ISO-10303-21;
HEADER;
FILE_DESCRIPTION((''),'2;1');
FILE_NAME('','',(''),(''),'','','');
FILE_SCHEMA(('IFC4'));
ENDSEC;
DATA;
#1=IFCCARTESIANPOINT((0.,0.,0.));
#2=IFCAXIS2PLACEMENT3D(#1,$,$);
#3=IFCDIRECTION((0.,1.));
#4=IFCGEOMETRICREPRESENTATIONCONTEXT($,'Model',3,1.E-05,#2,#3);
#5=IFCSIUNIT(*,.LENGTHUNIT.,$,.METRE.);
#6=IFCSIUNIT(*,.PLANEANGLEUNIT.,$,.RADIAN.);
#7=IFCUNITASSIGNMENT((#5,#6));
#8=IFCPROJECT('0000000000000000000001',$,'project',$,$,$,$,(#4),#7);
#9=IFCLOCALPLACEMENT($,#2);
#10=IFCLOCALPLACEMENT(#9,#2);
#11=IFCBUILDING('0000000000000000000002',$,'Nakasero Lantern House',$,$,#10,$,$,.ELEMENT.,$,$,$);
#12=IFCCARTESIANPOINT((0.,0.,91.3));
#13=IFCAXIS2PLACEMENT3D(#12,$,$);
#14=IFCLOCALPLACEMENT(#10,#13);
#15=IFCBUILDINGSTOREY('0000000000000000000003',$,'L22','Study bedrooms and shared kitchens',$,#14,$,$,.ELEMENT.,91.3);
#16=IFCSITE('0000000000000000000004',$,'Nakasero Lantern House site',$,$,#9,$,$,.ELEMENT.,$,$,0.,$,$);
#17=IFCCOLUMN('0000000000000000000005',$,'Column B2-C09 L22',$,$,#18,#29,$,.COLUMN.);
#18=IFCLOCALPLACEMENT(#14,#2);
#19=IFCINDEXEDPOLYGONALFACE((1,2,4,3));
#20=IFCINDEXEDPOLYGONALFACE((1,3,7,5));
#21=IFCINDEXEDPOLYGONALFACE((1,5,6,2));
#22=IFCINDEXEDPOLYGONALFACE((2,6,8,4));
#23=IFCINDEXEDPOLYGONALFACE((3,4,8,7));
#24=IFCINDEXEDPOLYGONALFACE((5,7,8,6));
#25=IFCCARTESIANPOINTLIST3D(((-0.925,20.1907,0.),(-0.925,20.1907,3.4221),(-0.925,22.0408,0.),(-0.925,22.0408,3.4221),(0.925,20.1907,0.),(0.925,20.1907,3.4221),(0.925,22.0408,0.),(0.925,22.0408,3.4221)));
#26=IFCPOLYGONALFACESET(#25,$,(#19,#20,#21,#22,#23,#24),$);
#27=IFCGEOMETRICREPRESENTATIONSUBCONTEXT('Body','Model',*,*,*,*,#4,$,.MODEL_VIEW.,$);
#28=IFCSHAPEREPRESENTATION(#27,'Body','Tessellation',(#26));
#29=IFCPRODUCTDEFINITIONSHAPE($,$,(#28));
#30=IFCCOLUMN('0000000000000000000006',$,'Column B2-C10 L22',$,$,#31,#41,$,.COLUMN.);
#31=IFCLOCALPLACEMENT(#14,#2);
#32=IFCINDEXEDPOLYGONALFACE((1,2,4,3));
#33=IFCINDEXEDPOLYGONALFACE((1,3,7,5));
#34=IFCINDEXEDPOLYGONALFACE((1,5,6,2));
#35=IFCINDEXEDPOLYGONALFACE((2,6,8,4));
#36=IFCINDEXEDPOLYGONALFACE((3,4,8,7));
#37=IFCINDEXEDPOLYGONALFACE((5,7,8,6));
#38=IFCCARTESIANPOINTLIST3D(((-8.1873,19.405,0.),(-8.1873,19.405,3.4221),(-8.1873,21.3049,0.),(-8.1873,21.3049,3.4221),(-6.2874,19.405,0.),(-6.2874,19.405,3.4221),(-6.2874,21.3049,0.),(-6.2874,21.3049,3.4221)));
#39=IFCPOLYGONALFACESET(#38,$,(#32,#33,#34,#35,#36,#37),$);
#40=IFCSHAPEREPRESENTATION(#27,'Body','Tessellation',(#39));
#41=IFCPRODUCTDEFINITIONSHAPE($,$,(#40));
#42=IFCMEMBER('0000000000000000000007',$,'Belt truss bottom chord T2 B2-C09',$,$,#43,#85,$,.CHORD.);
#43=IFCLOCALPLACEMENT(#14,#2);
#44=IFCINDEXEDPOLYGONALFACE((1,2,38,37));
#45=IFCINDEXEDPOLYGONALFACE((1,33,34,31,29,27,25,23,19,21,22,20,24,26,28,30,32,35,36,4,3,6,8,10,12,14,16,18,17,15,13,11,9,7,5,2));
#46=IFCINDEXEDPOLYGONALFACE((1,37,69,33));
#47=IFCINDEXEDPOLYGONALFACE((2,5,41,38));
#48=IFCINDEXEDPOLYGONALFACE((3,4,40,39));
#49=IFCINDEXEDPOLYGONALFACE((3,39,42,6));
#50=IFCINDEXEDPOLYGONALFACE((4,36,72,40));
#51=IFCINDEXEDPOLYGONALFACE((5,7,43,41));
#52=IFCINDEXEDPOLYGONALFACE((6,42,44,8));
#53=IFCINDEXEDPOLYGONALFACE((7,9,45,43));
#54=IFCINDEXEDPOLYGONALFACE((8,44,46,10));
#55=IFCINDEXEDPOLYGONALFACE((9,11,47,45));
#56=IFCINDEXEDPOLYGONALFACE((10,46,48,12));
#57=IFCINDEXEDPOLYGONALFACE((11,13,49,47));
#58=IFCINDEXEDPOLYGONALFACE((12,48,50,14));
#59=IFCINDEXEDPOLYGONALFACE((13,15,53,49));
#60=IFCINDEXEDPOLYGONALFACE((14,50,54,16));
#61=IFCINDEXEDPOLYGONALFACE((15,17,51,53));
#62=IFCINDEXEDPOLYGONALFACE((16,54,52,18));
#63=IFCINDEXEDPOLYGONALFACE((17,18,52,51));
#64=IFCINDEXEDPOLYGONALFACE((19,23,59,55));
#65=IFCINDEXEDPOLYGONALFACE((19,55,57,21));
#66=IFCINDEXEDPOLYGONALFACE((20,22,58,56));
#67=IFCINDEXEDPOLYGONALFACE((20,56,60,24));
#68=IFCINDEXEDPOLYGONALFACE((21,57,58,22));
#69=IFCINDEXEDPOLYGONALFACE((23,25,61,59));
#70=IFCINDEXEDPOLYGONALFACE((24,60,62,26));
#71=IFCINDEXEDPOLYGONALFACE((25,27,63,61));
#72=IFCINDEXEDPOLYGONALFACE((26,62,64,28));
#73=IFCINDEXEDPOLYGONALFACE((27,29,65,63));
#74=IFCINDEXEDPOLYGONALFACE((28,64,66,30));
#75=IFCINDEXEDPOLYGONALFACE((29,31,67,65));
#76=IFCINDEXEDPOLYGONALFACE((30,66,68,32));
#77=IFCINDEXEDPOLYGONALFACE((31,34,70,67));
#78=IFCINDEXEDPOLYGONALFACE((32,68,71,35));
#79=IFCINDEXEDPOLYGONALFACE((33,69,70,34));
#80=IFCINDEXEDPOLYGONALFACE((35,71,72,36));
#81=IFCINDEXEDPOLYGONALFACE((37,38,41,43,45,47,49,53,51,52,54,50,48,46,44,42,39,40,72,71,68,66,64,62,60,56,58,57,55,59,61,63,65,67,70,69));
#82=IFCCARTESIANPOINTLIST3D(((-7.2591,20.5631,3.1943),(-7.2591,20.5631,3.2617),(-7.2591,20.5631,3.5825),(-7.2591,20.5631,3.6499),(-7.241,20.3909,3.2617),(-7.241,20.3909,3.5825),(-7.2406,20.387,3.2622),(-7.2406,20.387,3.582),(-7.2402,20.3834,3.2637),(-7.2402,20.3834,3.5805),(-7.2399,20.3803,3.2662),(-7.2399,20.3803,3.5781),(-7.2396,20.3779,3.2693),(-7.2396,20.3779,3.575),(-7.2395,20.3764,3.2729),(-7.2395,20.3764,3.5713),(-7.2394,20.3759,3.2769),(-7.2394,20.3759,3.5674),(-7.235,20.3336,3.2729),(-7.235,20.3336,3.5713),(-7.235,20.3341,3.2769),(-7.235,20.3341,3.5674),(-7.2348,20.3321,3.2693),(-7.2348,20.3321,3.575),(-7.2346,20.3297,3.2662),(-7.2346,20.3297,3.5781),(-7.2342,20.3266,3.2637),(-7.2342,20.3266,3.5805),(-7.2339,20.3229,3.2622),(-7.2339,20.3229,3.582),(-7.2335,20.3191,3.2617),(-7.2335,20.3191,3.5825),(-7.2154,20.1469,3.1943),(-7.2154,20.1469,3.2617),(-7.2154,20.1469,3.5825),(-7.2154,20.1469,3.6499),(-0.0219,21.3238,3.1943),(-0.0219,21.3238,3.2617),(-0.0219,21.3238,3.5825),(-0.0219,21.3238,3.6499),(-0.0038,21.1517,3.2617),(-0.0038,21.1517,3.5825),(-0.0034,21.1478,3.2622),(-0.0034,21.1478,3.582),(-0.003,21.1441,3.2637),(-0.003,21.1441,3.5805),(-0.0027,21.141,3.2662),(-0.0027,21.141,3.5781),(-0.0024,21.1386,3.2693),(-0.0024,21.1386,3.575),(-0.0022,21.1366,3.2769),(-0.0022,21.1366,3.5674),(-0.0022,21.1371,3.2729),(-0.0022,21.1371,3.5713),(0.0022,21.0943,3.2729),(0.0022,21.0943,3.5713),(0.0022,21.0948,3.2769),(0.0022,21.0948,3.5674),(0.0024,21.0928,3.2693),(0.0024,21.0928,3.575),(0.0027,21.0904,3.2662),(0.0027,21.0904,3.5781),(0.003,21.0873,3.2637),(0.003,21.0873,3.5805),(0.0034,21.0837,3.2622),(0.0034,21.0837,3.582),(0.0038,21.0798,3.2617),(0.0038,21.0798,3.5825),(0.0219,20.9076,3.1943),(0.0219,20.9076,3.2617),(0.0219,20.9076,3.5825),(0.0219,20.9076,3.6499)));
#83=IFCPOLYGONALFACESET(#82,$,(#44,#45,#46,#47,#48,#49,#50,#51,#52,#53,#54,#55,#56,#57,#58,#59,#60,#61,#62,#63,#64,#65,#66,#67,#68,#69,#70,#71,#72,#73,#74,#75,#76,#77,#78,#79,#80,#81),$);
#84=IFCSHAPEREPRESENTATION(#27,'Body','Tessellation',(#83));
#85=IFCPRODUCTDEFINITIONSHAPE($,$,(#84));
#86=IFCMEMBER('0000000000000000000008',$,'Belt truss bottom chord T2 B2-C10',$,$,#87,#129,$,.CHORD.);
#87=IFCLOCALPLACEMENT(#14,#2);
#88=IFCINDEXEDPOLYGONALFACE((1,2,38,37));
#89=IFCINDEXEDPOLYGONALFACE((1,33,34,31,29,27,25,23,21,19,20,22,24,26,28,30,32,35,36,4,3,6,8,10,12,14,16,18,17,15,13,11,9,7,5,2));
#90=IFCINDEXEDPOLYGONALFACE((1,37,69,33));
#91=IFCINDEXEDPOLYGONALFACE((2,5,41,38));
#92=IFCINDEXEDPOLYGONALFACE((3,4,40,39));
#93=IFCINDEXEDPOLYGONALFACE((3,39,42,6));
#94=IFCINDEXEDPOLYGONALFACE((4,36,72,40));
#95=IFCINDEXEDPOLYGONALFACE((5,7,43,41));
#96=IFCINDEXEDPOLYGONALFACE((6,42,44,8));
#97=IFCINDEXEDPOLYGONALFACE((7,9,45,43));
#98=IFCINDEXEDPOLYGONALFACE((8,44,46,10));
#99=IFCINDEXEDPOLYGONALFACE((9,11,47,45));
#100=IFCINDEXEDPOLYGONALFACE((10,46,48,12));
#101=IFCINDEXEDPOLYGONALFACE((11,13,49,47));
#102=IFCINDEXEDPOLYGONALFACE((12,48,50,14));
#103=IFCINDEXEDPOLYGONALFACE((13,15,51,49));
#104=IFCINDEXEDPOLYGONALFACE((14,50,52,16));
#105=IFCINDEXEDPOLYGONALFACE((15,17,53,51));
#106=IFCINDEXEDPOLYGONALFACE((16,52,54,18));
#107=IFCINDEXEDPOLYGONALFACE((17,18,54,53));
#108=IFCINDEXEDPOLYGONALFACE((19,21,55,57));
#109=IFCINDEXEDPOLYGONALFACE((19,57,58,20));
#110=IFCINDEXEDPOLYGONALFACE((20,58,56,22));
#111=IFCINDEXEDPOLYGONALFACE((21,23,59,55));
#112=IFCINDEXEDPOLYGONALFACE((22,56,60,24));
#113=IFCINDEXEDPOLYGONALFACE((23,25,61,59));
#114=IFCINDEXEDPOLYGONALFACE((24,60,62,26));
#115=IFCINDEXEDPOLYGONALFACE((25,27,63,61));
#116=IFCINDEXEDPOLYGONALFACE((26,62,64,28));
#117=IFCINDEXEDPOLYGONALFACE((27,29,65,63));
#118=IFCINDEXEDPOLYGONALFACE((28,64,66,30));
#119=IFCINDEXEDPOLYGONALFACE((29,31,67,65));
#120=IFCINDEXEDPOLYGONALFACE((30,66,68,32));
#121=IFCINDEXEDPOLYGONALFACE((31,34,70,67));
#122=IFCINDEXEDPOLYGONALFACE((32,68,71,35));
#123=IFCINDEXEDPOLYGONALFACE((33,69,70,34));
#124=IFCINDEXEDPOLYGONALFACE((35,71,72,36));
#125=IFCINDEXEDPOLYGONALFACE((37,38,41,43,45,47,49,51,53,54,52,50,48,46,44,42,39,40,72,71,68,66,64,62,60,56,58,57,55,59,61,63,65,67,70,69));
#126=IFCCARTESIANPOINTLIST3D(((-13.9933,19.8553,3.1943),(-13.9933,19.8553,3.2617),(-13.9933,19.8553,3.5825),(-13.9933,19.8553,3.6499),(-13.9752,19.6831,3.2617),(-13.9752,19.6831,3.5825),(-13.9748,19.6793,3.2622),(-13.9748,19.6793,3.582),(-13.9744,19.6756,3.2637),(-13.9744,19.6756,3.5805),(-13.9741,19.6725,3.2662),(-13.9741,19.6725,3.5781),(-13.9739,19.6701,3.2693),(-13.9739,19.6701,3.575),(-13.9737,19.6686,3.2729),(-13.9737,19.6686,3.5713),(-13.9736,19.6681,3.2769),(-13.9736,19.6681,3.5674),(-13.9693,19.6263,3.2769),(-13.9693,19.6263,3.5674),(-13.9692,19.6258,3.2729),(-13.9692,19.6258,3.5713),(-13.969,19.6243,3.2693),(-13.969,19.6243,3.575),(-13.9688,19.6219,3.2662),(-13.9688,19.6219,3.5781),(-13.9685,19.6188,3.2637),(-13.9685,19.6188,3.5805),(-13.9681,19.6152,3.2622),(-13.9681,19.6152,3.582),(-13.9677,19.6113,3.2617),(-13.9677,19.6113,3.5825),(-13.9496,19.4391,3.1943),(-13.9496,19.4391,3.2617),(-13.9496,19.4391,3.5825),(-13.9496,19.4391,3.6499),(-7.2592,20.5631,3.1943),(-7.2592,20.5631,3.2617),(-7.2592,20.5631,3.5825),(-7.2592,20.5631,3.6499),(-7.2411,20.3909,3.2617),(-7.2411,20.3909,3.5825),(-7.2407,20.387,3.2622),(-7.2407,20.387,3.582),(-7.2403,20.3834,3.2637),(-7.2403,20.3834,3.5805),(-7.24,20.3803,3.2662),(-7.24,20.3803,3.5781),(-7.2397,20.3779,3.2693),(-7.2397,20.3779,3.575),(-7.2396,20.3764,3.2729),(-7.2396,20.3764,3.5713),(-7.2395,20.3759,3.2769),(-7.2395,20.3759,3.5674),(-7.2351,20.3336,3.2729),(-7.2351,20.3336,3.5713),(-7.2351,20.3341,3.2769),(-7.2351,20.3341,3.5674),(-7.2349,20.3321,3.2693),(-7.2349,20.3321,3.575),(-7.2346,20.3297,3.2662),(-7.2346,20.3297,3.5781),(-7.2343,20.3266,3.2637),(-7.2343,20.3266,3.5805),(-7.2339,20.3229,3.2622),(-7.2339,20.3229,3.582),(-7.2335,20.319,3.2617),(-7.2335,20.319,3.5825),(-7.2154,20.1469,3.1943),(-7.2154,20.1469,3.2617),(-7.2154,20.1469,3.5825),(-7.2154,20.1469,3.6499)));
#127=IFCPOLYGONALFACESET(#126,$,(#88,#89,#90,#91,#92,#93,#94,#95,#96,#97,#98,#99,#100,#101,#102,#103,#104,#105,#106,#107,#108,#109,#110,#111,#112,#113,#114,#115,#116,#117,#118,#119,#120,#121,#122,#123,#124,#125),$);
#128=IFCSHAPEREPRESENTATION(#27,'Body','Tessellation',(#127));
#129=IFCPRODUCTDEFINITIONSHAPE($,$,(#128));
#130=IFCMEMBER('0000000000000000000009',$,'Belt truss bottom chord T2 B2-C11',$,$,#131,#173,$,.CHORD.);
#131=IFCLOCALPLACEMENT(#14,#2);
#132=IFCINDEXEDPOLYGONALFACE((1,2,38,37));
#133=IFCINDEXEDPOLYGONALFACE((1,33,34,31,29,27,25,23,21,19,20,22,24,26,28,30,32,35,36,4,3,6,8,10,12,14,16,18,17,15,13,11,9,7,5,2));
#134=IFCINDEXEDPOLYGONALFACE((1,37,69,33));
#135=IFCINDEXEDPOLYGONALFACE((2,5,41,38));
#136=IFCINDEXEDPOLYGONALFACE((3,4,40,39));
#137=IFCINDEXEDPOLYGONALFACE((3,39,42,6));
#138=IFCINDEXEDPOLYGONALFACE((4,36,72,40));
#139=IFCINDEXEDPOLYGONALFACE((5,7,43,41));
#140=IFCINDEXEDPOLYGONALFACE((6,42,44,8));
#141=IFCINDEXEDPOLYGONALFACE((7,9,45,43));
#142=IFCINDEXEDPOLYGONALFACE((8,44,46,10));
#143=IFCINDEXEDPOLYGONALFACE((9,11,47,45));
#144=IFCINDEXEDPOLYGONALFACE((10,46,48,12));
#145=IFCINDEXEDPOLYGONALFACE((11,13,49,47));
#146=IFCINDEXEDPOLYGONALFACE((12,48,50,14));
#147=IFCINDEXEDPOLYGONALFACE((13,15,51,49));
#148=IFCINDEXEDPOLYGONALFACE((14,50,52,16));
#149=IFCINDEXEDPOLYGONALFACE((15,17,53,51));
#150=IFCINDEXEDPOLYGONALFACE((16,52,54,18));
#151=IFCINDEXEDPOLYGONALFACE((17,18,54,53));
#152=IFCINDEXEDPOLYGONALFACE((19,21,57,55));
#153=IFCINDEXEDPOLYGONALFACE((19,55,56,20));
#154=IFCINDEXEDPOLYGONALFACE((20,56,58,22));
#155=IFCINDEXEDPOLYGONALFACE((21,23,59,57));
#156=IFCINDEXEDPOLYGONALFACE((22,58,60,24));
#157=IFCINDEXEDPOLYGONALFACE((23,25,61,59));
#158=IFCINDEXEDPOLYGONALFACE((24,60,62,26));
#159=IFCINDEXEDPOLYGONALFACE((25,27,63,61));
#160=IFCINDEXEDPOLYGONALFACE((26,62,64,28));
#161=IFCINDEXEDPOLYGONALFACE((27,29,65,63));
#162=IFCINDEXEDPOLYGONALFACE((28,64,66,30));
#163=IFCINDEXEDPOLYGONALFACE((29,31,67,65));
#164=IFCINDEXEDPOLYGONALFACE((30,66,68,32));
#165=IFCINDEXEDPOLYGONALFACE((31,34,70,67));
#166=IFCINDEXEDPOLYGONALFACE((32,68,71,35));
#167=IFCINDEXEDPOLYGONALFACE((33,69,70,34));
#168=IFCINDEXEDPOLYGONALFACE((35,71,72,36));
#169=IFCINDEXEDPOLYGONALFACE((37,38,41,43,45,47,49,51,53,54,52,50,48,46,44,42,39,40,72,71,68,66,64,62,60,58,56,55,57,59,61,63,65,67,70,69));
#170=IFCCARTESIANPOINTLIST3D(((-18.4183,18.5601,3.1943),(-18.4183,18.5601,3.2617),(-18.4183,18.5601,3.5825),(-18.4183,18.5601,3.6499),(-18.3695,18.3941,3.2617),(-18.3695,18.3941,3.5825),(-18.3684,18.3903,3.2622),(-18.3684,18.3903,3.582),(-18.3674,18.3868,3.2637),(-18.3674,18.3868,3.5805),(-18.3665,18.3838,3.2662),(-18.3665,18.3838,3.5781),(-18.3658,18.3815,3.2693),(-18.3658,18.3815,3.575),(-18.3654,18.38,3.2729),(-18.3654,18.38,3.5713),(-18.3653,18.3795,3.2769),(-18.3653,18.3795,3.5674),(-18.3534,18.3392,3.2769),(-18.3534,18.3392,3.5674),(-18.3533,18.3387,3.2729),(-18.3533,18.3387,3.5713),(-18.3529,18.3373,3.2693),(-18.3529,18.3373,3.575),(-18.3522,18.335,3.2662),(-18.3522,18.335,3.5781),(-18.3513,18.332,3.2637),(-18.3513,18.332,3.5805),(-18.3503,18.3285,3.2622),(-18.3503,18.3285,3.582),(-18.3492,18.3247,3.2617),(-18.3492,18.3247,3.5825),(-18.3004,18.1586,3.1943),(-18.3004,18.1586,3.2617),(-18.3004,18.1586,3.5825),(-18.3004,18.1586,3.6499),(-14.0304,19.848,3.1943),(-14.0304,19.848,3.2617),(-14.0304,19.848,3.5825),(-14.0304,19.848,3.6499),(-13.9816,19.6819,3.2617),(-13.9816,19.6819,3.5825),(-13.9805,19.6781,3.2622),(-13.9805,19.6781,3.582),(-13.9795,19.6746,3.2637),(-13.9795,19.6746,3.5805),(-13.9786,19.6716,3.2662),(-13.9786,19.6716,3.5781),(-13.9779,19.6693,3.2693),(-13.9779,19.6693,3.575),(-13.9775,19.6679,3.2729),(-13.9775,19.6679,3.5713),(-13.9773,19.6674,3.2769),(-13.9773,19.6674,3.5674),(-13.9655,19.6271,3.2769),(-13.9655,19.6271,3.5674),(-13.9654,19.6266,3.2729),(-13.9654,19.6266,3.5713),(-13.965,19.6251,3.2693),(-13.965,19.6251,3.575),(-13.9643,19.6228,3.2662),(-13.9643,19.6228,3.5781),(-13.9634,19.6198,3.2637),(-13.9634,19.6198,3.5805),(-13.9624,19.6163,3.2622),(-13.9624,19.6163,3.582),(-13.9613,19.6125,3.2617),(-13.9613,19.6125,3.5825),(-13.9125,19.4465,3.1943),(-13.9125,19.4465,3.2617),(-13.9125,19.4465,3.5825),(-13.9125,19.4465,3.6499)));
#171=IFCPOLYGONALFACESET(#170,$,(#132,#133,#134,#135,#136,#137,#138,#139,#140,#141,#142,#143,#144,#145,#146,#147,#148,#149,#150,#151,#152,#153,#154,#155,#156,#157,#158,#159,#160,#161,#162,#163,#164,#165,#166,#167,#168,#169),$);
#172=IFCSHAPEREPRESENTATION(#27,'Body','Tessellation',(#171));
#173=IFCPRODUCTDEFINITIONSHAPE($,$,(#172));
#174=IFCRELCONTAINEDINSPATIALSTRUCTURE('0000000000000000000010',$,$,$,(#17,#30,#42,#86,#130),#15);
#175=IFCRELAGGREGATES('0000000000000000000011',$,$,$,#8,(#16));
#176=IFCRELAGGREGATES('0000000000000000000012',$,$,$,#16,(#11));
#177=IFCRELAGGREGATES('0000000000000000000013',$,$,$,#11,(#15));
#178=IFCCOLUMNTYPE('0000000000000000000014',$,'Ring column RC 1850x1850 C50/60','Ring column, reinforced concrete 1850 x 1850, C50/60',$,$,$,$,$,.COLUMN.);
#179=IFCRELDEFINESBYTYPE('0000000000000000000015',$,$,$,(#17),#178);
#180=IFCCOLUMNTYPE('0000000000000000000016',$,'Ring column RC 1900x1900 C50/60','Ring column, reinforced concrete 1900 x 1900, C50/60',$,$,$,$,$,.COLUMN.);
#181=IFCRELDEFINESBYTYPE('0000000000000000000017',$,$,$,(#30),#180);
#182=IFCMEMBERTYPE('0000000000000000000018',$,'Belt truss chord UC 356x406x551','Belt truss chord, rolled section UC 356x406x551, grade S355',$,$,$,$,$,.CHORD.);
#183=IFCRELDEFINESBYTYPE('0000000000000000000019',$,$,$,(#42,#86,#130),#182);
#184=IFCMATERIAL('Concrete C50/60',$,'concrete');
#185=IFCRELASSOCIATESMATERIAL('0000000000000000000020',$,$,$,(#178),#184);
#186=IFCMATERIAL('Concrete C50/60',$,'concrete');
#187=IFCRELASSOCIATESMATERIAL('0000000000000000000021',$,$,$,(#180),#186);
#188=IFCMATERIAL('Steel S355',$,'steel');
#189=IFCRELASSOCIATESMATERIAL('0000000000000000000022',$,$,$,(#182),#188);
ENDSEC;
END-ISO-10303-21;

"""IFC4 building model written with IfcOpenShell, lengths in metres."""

from ifc_helpers import new_model, si_unit, direction, frame, origin, origin_2d, place, context, subcontext, project, spatial, rectangle, i_section, extrude, material, material_profile, profile_set, type_object, element, save


model = new_model("IFC4")

# Units and contexts
model_context = context("Model", 3, precision=1e-05, world=origin(), true_north=direction((0.0, 1.0)))
body_context = subcontext(model_context, "Body", "Model", "MODEL_VIEW")
ifc_project = project(units=[si_unit("LENGTHUNIT", "METRE"), si_unit("PLANEANGLEUNIT", "RADIAN")], contexts=[model_context])

# Site, building, storey
site_placement = place(None, origin())
site = spatial("IfcSite", under=ifc_project, at=site_placement, Name="Nakasero Lantern House site", CompositionType="ELEMENT", RefElevation=0.0)
building_placement = place(site_placement, origin())
building = spatial("IfcBuilding", under=site, at=building_placement, Name="Nakasero Lantern House", CompositionType="ELEMENT")
storey_placement = place(building_placement, frame((0.0, 0.0, 91.3)))
storey = spatial("IfcBuildingStorey", under=building, at=storey_placement, Name="L22", Description="Study bedrooms and shared kitchens", CompositionType="ELEMENT", Elevation=91.3)

# Columns
ifc_material_1 = material(Name="Concrete C50/60", Category="concrete")
ifc_material_profile_1 = material_profile(ifc_material_1, rectangle(XDim=1.8501, YDim=1.8501, at=origin_2d()), Name="RC 1850x1850")
ifc_profile_set_1 = profile_set([ifc_material_profile_1], Name="Concrete C50/60")
column_type_1 = type_object("IfcColumnType", Name="Ring column RC 1850x1850 C50/60", Description="Ring column, reinforced concrete 1850 x 1850, C50/60", PredefinedType="COLUMN", material=ifc_profile_set_1)
column_1_placement = place(storey_placement, frame((0.0, 21.1157, 0.0), z_axis=(0.0, 0.0, 1.0), x_axis=(1.0, 0.0, 0.0)))
element("IfcColumn", 1, at=column_1_placement, inside=storey, type_object=column_type_1, Name="Column B2-C09 L22", PredefinedType="COLUMN", context=body_context, shape_type="SweptSolid", body=[
    extrude(rectangle(XDim=1.8501, YDim=1.8501, at=origin_2d()), origin(), (0.0, 0.0, 1.0), 3.4221),
])
ifc_material_2 = material(Name="Concrete C50/60", Category="concrete")
ifc_material_profile_2 = material_profile(ifc_material_2, rectangle(XDim=1.8999, YDim=1.8999, at=origin_2d()), Name="RC 1900x1900")
ifc_profile_set_2 = profile_set([ifc_material_profile_2], Name="Concrete C50/60")
column_type_2 = type_object("IfcColumnType", Name="Ring column RC 1900x1900 C50/60", Description="Ring column, reinforced concrete 1900 x 1900, C50/60", PredefinedType="COLUMN", material=ifc_profile_set_2)
column_2_placement = place(storey_placement, frame((-7.2373, 20.355, 0.0), z_axis=(0.0, 0.0, 1.0), x_axis=(1.0, 0.0, 0.0)))
element("IfcColumn", 2, at=column_2_placement, inside=storey, type_object=column_type_2, Name="Column B2-C10 L22", PredefinedType="COLUMN", context=body_context, shape_type="SweptSolid", body=[
    extrude(rectangle(XDim=1.8999, YDim=1.8999, at=origin_2d()), origin(), (0.0, 0.0, 1.0), 3.4221),
])

# Members
ifc_material_3 = material(Name="Steel S355", Category="steel")
ifc_material_profile_3 = material_profile(ifc_material_3, i_section(OverallWidth=0.4185, OverallDepth=0.4556, WebThickness=0.042, FlangeThickness=0.0674, FilletRadius=0.0151, at=origin_2d()), Name="UC 356x406x551")
ifc_profile_set_3 = profile_set([ifc_material_profile_3], Name="Steel S355")
member_type = type_object("IfcMemberType", Name="Belt truss chord UC 356x406x551", Description="Belt truss chord, rolled section UC 356x406x551, grade S355", PredefinedType="CHORD", material=ifc_profile_set_3)
member_1_placement = place(storey_placement, frame((0.0, 21.1157, 3.4221), z_axis=(-0.994521, -0.104538, 0.0), x_axis=(0.104538, -0.994521, 0.0)))
element("IfcMember", 3, at=member_1_placement, inside=storey, type_object=member_type, Name="Belt truss bottom chord T2 B2-C09", PredefinedType="CHORD", context=body_context, shape_type="SweptSolid", body=[
    extrude(i_section(OverallWidth=0.4185, OverallDepth=0.4556, WebThickness=0.042, FlangeThickness=0.0674, FilletRadius=0.0151, at=origin_2d()), origin(), (0.0, 0.0, 1.0), 7.2771),
])
member_2_placement = place(storey_placement, frame((-7.2373, 20.355, 3.4221), z_axis=(-0.994522, -0.104525, 0.0), x_axis=(0.104525, -0.994522, 0.0)))
element("IfcMember", 4, at=member_2_placement, inside=storey, type_object=member_type, Name="Belt truss bottom chord T2 B2-C10", PredefinedType="CHORD", context=body_context, shape_type="SweptSolid", body=[
    extrude(i_section(OverallWidth=0.4185, OverallDepth=0.4556, WebThickness=0.042, FlangeThickness=0.0674, FilletRadius=0.0151, at=origin_2d()), origin(), (0.0, 0.0, 1.0), 6.7712),
])
member_3_placement = place(storey_placement, frame((-13.9714, 19.6472, 3.4221), z_axis=(-0.959527, -0.281617, 0.0), x_axis=(0.281617, -0.959527, 0.0)))
element("IfcMember", 5, at=member_3_placement, inside=storey, type_object=member_type, Name="Belt truss bottom chord T2 B2-C11", PredefinedType="CHORD", context=body_context, shape_type="SweptSolid", body=[
    extrude(i_section(OverallWidth=0.4185, OverallDepth=0.4556, WebThickness=0.042, FlangeThickness=0.0674, FilletRadius=0.0151, at=origin_2d()), origin(), (0.0, 0.0, 1.0), 4.573),
])

save(model, "model.ifc")
